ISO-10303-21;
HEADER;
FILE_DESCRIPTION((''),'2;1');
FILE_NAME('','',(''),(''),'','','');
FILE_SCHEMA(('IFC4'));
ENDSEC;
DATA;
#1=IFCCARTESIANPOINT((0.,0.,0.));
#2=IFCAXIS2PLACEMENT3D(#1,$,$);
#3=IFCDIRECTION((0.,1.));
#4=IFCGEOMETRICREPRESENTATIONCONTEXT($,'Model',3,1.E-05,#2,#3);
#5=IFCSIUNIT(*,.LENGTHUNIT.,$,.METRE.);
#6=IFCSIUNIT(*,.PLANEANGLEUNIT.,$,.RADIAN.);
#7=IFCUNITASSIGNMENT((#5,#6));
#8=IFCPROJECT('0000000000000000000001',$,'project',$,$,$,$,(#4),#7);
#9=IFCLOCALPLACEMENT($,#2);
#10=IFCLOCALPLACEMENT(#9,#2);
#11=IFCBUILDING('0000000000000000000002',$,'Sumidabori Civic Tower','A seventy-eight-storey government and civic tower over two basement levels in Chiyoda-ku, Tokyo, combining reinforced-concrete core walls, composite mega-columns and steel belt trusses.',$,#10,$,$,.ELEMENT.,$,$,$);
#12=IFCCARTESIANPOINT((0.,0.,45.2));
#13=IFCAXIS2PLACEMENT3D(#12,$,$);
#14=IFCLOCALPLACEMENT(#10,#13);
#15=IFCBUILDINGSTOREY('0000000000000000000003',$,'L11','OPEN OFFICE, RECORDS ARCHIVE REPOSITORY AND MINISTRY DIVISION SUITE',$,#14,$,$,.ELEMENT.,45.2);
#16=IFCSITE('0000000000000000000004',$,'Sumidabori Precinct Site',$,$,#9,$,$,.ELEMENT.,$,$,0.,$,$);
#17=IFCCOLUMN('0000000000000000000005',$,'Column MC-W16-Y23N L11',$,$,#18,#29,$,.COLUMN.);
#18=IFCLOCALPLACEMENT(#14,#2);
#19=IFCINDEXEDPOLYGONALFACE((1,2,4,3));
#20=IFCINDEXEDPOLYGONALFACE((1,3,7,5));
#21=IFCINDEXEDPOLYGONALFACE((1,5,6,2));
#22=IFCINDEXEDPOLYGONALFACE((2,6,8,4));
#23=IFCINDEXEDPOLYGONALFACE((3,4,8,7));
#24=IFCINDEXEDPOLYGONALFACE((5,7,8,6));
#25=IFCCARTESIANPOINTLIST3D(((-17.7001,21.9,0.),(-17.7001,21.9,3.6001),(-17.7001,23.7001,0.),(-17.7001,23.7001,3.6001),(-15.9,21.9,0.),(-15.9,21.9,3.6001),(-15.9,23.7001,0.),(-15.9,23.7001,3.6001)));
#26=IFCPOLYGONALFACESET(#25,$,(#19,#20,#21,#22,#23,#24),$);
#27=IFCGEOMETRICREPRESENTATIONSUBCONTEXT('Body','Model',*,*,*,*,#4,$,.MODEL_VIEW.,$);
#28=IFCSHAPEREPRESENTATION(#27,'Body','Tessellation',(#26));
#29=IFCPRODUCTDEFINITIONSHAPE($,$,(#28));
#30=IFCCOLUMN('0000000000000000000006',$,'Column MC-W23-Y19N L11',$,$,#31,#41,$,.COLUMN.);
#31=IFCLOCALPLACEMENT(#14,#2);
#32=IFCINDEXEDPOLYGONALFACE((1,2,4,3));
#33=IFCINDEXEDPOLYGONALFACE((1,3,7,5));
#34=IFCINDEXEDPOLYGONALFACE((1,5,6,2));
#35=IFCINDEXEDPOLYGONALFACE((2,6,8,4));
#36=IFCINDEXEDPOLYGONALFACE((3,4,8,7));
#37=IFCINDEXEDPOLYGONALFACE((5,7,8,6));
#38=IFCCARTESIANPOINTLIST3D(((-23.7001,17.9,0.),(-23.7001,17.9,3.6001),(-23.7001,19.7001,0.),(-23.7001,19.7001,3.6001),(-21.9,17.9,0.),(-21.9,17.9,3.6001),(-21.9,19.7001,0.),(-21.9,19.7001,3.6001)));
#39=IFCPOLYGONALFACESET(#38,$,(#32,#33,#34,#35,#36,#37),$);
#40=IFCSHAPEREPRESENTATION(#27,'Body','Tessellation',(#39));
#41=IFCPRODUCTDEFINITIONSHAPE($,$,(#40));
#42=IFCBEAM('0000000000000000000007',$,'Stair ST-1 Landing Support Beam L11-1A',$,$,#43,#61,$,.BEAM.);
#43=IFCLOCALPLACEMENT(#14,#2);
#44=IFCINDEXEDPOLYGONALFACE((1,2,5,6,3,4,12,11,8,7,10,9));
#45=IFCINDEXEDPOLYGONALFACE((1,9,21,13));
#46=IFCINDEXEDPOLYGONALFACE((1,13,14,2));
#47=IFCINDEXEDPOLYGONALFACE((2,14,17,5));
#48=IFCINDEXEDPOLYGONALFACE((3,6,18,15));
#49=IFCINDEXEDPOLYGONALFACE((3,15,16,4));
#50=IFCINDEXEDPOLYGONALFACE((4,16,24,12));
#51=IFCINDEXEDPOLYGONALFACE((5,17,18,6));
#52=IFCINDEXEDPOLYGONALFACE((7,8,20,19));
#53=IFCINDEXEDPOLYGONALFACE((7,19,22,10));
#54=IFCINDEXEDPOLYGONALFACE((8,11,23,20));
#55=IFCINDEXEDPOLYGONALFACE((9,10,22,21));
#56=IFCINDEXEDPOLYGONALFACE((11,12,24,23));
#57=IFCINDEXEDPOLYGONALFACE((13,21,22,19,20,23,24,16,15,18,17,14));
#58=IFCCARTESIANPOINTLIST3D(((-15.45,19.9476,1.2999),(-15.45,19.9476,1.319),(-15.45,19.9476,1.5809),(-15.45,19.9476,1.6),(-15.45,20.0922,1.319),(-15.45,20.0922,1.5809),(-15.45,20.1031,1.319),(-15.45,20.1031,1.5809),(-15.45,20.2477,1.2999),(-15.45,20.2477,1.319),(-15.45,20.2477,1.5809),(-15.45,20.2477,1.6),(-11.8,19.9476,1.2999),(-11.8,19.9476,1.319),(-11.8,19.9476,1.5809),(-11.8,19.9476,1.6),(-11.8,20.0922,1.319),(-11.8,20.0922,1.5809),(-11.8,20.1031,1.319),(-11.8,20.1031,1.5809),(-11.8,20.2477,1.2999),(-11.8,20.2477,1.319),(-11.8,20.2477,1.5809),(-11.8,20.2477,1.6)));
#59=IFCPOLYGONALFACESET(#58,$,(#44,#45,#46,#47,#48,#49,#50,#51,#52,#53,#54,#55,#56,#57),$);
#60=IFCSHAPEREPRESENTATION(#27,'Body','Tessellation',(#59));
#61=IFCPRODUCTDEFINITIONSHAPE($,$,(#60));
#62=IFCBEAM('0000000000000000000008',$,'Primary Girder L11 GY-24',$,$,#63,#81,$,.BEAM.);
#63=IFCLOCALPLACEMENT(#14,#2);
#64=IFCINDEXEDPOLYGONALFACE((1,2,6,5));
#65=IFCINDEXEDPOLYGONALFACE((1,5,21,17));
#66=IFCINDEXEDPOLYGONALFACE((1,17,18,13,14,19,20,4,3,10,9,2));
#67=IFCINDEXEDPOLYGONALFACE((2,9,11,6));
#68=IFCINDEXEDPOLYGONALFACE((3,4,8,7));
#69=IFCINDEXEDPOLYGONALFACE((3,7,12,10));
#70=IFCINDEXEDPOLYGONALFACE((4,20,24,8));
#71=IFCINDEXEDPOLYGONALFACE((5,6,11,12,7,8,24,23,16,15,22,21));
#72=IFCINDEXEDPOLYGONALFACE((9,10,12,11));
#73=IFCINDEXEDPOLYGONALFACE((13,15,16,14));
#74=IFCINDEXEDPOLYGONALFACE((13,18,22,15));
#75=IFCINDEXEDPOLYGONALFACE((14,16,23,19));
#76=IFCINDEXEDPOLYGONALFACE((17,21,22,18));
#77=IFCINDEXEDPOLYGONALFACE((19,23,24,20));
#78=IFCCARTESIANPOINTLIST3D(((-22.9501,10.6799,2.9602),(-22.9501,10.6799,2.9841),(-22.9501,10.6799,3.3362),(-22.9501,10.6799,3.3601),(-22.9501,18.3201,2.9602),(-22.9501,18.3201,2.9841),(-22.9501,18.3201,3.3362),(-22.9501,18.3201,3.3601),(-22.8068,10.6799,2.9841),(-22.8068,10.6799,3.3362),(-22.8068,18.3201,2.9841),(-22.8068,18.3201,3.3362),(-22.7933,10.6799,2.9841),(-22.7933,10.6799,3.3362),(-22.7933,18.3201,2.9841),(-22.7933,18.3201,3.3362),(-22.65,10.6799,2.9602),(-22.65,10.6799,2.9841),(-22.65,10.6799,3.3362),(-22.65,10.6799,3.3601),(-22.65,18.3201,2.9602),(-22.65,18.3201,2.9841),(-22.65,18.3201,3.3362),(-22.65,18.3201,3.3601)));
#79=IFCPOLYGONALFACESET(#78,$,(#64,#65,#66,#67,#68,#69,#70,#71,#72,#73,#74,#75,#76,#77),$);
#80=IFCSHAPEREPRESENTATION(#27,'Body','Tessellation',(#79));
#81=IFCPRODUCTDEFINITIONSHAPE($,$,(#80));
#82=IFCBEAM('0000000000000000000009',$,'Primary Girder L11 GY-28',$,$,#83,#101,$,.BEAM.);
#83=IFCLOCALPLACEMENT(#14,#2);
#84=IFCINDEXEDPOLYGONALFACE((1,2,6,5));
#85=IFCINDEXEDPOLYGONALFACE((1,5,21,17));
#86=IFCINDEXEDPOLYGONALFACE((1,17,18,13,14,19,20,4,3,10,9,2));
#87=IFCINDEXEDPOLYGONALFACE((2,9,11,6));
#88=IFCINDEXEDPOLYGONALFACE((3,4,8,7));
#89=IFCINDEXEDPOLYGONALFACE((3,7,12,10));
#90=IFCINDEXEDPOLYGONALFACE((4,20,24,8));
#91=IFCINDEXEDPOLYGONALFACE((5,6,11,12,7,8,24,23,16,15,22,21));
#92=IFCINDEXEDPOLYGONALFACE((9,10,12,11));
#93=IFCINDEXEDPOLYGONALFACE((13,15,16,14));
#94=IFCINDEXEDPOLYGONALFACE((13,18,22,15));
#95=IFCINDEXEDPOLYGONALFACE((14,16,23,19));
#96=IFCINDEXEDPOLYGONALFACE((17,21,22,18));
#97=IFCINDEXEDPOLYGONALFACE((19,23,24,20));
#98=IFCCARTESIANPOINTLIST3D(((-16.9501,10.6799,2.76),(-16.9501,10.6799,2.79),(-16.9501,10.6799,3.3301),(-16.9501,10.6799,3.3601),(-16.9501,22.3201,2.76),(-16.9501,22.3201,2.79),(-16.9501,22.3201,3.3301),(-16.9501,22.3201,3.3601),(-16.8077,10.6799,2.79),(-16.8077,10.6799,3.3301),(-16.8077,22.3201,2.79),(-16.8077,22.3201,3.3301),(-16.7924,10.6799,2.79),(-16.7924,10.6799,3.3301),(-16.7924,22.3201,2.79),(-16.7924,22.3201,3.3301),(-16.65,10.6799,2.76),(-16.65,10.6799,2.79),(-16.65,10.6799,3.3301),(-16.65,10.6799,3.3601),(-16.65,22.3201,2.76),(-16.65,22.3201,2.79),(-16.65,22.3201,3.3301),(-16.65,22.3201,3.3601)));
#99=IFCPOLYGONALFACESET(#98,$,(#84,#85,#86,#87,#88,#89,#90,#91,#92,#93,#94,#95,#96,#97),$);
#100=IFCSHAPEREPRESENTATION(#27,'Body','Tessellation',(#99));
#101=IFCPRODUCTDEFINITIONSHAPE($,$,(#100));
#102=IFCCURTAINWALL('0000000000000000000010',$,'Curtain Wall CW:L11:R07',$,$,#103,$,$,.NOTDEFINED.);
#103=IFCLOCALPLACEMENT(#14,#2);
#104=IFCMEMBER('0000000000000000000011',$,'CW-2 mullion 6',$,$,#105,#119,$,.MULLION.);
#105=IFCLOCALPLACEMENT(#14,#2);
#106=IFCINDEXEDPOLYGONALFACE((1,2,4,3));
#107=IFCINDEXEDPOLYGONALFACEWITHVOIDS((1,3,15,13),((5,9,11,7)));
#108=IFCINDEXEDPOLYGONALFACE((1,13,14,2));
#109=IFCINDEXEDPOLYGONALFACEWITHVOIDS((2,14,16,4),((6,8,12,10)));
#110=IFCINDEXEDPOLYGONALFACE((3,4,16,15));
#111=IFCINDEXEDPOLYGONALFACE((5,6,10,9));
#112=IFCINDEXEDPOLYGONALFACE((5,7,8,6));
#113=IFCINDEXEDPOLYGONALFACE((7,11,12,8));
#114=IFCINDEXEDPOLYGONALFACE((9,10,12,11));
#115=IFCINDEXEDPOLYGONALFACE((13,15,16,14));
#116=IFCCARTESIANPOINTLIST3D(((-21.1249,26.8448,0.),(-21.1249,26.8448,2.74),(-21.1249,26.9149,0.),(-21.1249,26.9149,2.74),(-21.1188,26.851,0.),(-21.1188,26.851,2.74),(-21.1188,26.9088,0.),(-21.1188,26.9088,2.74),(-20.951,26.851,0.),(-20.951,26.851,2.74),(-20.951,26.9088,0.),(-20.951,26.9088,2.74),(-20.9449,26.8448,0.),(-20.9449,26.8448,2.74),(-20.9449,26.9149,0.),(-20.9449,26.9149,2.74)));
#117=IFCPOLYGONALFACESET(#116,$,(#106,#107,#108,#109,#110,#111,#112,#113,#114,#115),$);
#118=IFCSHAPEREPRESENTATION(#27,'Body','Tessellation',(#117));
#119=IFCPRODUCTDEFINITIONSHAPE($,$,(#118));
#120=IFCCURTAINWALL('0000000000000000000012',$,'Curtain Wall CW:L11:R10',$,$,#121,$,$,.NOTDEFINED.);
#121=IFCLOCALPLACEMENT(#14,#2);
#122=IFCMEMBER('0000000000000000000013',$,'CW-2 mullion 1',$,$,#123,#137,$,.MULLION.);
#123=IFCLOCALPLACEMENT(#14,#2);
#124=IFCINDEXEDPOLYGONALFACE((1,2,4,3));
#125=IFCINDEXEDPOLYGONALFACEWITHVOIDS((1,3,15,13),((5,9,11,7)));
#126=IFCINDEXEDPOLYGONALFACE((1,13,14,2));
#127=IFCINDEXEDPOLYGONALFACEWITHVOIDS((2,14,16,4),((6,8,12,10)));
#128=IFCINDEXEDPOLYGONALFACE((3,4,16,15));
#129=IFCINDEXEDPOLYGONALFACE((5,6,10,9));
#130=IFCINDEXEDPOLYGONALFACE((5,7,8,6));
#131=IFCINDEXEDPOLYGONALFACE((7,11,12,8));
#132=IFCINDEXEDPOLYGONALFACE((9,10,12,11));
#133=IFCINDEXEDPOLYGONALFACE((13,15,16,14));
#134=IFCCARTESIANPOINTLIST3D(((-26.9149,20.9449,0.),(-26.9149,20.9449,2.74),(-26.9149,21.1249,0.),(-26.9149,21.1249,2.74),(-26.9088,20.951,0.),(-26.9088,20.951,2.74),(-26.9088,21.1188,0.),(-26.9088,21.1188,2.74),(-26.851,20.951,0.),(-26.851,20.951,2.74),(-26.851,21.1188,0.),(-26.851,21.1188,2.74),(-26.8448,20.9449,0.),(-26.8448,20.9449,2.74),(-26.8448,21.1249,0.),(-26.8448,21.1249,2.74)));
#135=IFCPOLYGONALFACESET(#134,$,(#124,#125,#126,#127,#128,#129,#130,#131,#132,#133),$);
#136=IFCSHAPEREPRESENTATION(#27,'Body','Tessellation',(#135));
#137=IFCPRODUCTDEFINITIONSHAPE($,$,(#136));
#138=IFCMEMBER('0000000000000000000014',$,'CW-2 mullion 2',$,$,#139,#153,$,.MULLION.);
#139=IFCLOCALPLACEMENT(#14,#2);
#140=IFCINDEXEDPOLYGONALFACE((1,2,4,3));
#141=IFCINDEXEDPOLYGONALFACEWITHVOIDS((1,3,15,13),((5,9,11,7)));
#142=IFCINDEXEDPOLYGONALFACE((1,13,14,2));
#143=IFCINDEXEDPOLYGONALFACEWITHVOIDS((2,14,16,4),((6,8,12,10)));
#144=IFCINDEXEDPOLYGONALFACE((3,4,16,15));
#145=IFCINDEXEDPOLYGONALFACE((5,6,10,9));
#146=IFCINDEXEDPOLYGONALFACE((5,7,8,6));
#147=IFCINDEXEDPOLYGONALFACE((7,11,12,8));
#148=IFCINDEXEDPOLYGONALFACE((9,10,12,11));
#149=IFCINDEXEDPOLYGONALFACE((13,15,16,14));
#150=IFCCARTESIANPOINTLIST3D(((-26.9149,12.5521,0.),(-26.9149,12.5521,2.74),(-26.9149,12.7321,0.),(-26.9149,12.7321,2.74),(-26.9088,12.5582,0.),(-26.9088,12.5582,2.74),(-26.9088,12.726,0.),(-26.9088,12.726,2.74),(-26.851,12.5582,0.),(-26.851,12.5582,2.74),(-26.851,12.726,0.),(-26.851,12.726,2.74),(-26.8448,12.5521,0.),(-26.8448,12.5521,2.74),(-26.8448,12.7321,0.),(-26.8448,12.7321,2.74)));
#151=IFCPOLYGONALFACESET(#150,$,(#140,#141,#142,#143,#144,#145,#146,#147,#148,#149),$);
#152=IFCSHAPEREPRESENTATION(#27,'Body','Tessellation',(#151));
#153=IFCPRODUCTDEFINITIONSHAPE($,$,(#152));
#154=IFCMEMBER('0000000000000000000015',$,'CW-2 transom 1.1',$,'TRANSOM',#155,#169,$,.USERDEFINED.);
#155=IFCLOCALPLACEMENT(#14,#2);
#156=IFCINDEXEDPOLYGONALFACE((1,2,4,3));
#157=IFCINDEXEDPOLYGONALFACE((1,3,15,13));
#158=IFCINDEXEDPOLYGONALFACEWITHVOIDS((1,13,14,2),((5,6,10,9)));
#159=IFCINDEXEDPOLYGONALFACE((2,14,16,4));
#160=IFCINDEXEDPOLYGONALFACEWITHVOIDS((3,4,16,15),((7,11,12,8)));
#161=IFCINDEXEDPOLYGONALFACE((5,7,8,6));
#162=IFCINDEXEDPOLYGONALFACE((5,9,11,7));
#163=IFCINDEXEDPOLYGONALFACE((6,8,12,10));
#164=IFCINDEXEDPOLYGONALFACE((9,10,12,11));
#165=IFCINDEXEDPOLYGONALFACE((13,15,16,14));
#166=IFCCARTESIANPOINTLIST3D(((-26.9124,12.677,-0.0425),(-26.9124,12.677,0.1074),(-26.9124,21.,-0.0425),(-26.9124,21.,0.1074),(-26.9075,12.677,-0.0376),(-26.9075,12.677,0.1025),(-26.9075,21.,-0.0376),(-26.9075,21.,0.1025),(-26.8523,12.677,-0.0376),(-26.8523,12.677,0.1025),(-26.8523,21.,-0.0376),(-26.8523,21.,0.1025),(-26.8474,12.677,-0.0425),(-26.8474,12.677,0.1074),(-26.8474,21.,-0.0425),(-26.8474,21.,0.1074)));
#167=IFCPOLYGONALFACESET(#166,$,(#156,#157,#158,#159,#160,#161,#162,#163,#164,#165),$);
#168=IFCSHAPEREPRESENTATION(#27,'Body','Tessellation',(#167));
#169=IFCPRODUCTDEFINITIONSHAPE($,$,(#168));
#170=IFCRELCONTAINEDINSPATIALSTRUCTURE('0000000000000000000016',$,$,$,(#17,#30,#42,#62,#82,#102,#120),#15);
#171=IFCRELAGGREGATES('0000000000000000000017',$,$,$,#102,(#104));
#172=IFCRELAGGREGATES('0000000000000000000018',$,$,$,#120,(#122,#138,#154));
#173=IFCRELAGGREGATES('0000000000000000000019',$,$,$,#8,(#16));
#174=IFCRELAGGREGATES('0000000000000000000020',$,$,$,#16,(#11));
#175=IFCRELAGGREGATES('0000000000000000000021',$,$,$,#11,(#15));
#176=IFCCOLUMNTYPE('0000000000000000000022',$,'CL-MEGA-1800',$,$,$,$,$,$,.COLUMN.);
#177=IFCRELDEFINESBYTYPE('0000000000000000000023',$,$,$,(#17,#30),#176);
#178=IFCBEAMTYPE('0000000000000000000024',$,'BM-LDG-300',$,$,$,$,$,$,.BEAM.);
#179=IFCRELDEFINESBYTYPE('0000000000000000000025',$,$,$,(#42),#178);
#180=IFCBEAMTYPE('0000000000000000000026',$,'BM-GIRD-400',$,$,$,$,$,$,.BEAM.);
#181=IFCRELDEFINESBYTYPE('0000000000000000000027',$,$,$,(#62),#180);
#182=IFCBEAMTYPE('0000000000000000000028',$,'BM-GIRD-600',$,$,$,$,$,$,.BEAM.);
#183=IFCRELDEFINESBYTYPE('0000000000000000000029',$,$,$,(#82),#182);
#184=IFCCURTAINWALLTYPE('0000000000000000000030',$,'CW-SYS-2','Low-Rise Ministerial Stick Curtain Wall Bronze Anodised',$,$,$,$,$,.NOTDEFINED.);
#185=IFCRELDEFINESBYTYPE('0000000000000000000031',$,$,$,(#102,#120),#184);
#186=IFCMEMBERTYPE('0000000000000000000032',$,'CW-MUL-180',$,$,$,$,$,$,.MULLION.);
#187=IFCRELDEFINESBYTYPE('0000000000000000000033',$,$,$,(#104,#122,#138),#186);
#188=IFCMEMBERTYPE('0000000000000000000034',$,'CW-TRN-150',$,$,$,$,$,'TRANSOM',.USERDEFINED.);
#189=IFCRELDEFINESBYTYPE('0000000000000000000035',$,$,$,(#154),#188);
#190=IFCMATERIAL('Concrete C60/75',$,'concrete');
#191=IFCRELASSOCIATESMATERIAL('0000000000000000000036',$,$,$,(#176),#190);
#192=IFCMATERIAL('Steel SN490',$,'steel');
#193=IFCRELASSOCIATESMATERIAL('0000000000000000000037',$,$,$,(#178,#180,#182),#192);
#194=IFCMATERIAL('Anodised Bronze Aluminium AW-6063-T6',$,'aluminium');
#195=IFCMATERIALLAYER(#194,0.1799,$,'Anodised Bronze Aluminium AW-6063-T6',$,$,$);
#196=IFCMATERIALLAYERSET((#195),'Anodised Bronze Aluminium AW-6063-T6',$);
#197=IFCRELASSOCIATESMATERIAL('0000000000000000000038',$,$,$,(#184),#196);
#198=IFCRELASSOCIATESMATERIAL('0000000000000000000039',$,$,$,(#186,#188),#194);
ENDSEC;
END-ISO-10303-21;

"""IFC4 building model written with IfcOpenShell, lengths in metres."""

from ifc_helpers import new_model, si_unit, direction, frame, origin, origin_2d, place, context, subcontext, project, spatial, rectangle, hollow_rectangle, i_section, extrude, source, transform, mapped, material, layer, layer_set, material_profile, profile_set, type_object, element, aggregate, save


model = new_model("IFC4")

# Units and contexts
model_context = context("Model", 3, precision=1e-05, world=origin(), true_north=direction((0.0, 1.0)))
body_context = subcontext(model_context, "Body", "Model", "MODEL_VIEW")
ifc_project = project(units=[si_unit("LENGTHUNIT", "METRE"), si_unit("PLANEANGLEUNIT", "RADIAN")], contexts=[model_context])

# Site, building, storey
site_placement = place(None, origin())
site = spatial("IfcSite", under=ifc_project, at=site_placement, Name="Sumidabori Precinct Site", CompositionType="ELEMENT", RefElevation=0.0)
building_placement = place(site_placement, origin())
building = spatial("IfcBuilding", under=site, at=building_placement, Name="Sumidabori Civic Tower", Description="A seventy-eight-storey government and civic tower over two basement levels in Chiyoda-ku, Tokyo, combining reinforced-concrete core walls, composite mega-columns and steel belt trusses.", CompositionType="ELEMENT")
storey_placement = place(building_placement, frame((0.0, 0.0, 45.2)))
storey = spatial("IfcBuildingStorey", under=building, at=storey_placement, Name="L11", Description="OPEN OFFICE, RECORDS ARCHIVE REPOSITORY AND MINISTRY DIVISION SUITE", CompositionType="ELEMENT", Elevation=45.2)

# Columns
ifc_material_1 = material(Name="Concrete C60/75", Category="concrete")
ifc_material_profile_1 = material_profile(ifc_material_1, rectangle(XDim=1.8, YDim=1.8, at=origin_2d()), Name="RC 1800x1800")
ifc_profile_set_1 = profile_set([ifc_material_profile_1], Name="Concrete C60/75")
column_type = type_object("IfcColumnType", Name="CL-MEGA-1800", PredefinedType="COLUMN", material=ifc_profile_set_1)
shared_shape_1 = source(origin(), body_context, "Body", "SweptSolid", [
    extrude(rectangle(XDim=1.8, YDim=1.8, at=origin_2d()), origin(), (0.0, 0.0, 1.0), 3.6001),
])
for number, where, z_axis, x_axis, name in (
    (1, (-16.8, 22.8, 0.0), (0.0, 0.0, 1.0), (1.0, 0.0, 0.0), "Column MC-W16-Y23N L11"),
    (2, (-22.8, 18.8, 0.0), (0.0, 0.0, 1.0), (1.0, 0.0, 0.0), "Column MC-W23-Y19N L11"),
):
    element("IfcColumn", number, at=place(storey_placement, frame(where, z_axis=z_axis, x_axis=x_axis)), inside=storey, type_object=column_type, Name=name, PredefinedType="COLUMN", context=body_context, shape_type="MappedRepresentation", body=[
        mapped(shared_shape_1, transform((0.0, 0.0, 0.0), x_axis=(1.0, 0.0, 0.0), y_axis=(0.0, 1.0, 0.0), z_axis=(0.0, 0.0, 1.0), scale=1.0)),
    ])

# Beams
ifc_material_2 = material(Name="Steel SN490", Category="steel")
ifc_material_profile_2 = material_profile(ifc_material_2, i_section(OverallWidth=0.3, OverallDepth=0.3, WebThickness=0.011, FlangeThickness=0.019, at=origin_2d()), Name="HE 300 B")
ifc_profile_set_2 = profile_set([ifc_material_profile_2], Name="Steel SN490")
beam_type_1 = type_object("IfcBeamType", Name="BM-LDG-300", PredefinedType="BEAM", material=ifc_profile_set_2)
shared_shape_2 = source(origin(), body_context, "Body", "SweptSolid", [
    extrude(i_section(OverallWidth=0.3, OverallDepth=0.3, WebThickness=0.011, FlangeThickness=0.019, at=origin_2d()), origin(), (0.0, 0.0, 1.0), 3.6499),
])
beam_1_placement = place(storey_placement, frame((-15.45, 20.0977, 1.45), z_axis=(1.0, 0.0, 0.0), x_axis=(0.0, 1.0, 0.0)))
element("IfcBeam", 3, at=beam_1_placement, inside=storey, type_object=beam_type_1, Name="Stair ST-1 Landing Support Beam L11-1A", PredefinedType="BEAM", context=body_context, shape_type="MappedRepresentation", body=[
    mapped(shared_shape_2, transform((0.0, 0.0, 0.0), x_axis=(1.0, 0.0, 0.0), y_axis=(0.0, 1.0, 0.0), z_axis=(0.0, 0.0, 1.0), scale=1.0)),
])
ifc_material_profile_3 = material_profile(ifc_material_2, i_section(OverallWidth=0.3, OverallDepth=0.3999, WebThickness=0.0134, FlangeThickness=0.0239, at=origin_2d()), Name="HE 400 B")
ifc_profile_set_3 = profile_set([ifc_material_profile_3], Name="Steel SN490")
beam_type_2 = type_object("IfcBeamType", Name="BM-GIRD-400", PredefinedType="BEAM", material=ifc_profile_set_3)
shared_shape_3 = source(origin(), body_context, "Body", "SweptSolid", [
    extrude(i_section(OverallWidth=0.3, OverallDepth=0.3999, WebThickness=0.0134, FlangeThickness=0.0239, at=origin_2d()), origin(), (0.0, 0.0, 1.0), 7.6401),
])
beam_2_placement = place(storey_placement, frame((-22.8, 10.6799, 3.1602), z_axis=(0.0, 1.0, 0.0), x_axis=(-1.0, 0.0, 0.0)))
element("IfcBeam", 4, at=beam_2_placement, inside=storey, type_object=beam_type_2, Name="Primary Girder L11 GY-24", PredefinedType="BEAM", context=body_context, shape_type="MappedRepresentation", body=[
    mapped(shared_shape_3, transform((0.0, 0.0, 0.0), x_axis=(1.0, 0.0, 0.0), y_axis=(0.0, 1.0, 0.0), z_axis=(0.0, 0.0, 1.0), scale=1.0)),
])
ifc_material_profile_4 = material_profile(ifc_material_2, i_section(OverallWidth=0.3, OverallDepth=0.6001, WebThickness=0.0154, FlangeThickness=0.03, at=origin_2d()), Name="HE 600 B")
ifc_profile_set_4 = profile_set([ifc_material_profile_4], Name="Steel SN490")
beam_type_3 = type_object("IfcBeamType", Name="BM-GIRD-600", PredefinedType="BEAM", material=ifc_profile_set_4)
shared_shape_4 = source(origin(), body_context, "Body", "SweptSolid", [
    extrude(i_section(OverallWidth=0.3, OverallDepth=0.6001, WebThickness=0.0154, FlangeThickness=0.03, at=origin_2d()), origin(), (0.0, 0.0, 1.0), 11.6401),
])
beam_3_placement = place(storey_placement, frame((-16.8, 10.6799, 3.0601), z_axis=(0.0, 1.0, 0.0), x_axis=(-1.0, 0.0, 0.0)))
element("IfcBeam", 5, at=beam_3_placement, inside=storey, type_object=beam_type_3, Name="Primary Girder L11 GY-28", PredefinedType="BEAM", context=body_context, shape_type="MappedRepresentation", body=[
    mapped(shared_shape_4, transform((0.0, 0.0, 0.0), x_axis=(1.0, 0.0, 0.0), y_axis=(0.0, 1.0, 0.0), z_axis=(0.0, 0.0, 1.0), scale=1.0)),
])

# Curtain wall, member
ifc_material_3 = material(Name="Anodised Bronze Aluminium AW-6063-T6", Category="aluminium")
ifc_layer_1 = layer(ifc_material_3, 0.1799, Name="Anodised Bronze Aluminium AW-6063-T6")
ifc_layer_set_1 = layer_set([ifc_layer_1], Name="Anodised Bronze Aluminium AW-6063-T6")
curtain_wall_type = type_object("IfcCurtainWallType", Name="CW-SYS-2", Description="Low-Rise Ministerial Stick Curtain Wall Bronze Anodised", PredefinedType="NOTDEFINED", material=ifc_layer_set_1)
curtain_wall_1_placement = place(storey_placement, origin())
curtain_wall_1 = element("IfcCurtainWall", 6, at=curtain_wall_1_placement, inside=storey, type_object=curtain_wall_type, Name="Curtain Wall CW:L11:R07", PredefinedType="NOTDEFINED")
ifc_material_profile_5 = material_profile(ifc_material_3, hollow_rectangle(XDim=0.0701, YDim=0.1799, WallThickness=0.0061, at=origin_2d()), Name="ALU MULLION 180x70")
ifc_profile_set_5 = profile_set([ifc_material_profile_5], Name="Anodised Bronze Aluminium AW-6063-T6")
member_type_1 = type_object("IfcMemberType", Name="CW-MUL-180", PredefinedType="MULLION", material=ifc_profile_set_5)
shared_shape_5 = source(origin(), body_context, "Body", "SweptSolid", [
    extrude(hollow_rectangle(XDim=0.0701, YDim=0.1799, WallThickness=0.0061, at=origin_2d()), origin(), (0.0, 0.0, 1.0), 2.74),
])
member_1_placement = place(storey_placement, frame((-21.0349, 26.8799, 0.0), z_axis=(0.0, 0.0, 1.0), x_axis=(0.0, -1.0, 0.0)))
member_1 = element("IfcMember", 7, at=member_1_placement, type_object=member_type_1, Name="CW-2 mullion 6", PredefinedType="MULLION", context=body_context, shape_type="MappedRepresentation", body=[
    mapped(shared_shape_5, transform((0.0, 0.0, 0.0), x_axis=(1.0, 0.0, 0.0), y_axis=(0.0, 1.0, 0.0), z_axis=(0.0, 0.0, 1.0), scale=1.0)),
])

# Curtain wall, members
curtain_wall_2_placement = place(storey_placement, origin())
curtain_wall_2 = element("IfcCurtainWall", 8, at=curtain_wall_2_placement, inside=storey, type_object=curtain_wall_type, Name="Curtain Wall CW:L11:R10", PredefinedType="NOTDEFINED")
member_2_placement = place(storey_placement, frame((-26.8799, 21.0349, 0.0), z_axis=(0.0, 0.0, 1.0), x_axis=(1.0, 0.0, 0.0)))
member_2 = element("IfcMember", 9, at=member_2_placement, type_object=member_type_1, Name="CW-2 mullion 1", PredefinedType="MULLION", context=body_context, shape_type="MappedRepresentation", body=[
    mapped(shared_shape_5, transform((0.0, 0.0, 0.0), x_axis=(1.0, 0.0, 0.0), y_axis=(0.0, 1.0, 0.0), z_axis=(0.0, 0.0, 1.0), scale=1.0)),
])
member_3_placement = place(storey_placement, frame((-26.8799, 12.6421, 0.0), z_axis=(0.0, 0.0, 1.0), x_axis=(1.0, 0.0, 0.0)))
member_3 = element("IfcMember", 10, at=member_3_placement, type_object=member_type_1, Name="CW-2 mullion 2", PredefinedType="MULLION", context=body_context, shape_type="MappedRepresentation", body=[
    mapped(shared_shape_5, transform((0.0, 0.0, 0.0), x_axis=(1.0, 0.0, 0.0), y_axis=(0.0, 1.0, 0.0), z_axis=(0.0, 0.0, 1.0), scale=1.0)),
])
ifc_material_profile_6 = material_profile(ifc_material_3, hollow_rectangle(XDim=0.0649, YDim=0.1499, WallThickness=0.0049, at=origin_2d()), Name="ALU TRANSOM 150x65")
ifc_profile_set_6 = profile_set([ifc_material_profile_6], Name="Anodised Bronze Aluminium AW-6063-T6")
member_type_2 = type_object("IfcMemberType", Name="CW-TRN-150", ElementType="TRANSOM", PredefinedType="USERDEFINED", material=ifc_profile_set_6)
shared_shape_6 = source(origin(), body_context, "Body", "SweptSolid", [
    extrude(hollow_rectangle(XDim=0.0649, YDim=0.1499, WallThickness=0.0049, at=origin_2d()), origin(), (0.0, 0.0, 1.0), 8.323),
])
member_4_placement = place(storey_placement, frame((-26.8799, 21.0, 0.0325), z_axis=(0.0, -1.0, 0.0), x_axis=(1.0, 0.0, 0.0)))
member_4 = element("IfcMember", 11, at=member_4_placement, type_object=member_type_2, Name="CW-2 transom 1.1", ObjectType="TRANSOM", PredefinedType="USERDEFINED", context=body_context, shape_type="MappedRepresentation", body=[
    mapped(shared_shape_6, transform((0.0, 0.0, 0.0), x_axis=(1.0, 0.0, 0.0), y_axis=(0.0, 1.0, 0.0), z_axis=(0.0, 0.0, 1.0), scale=1.0)),
])

aggregate(curtain_wall_1, [member_1])
aggregate(curtain_wall_2, [member_2, member_3, member_4])

save(model, "model.ifc")
